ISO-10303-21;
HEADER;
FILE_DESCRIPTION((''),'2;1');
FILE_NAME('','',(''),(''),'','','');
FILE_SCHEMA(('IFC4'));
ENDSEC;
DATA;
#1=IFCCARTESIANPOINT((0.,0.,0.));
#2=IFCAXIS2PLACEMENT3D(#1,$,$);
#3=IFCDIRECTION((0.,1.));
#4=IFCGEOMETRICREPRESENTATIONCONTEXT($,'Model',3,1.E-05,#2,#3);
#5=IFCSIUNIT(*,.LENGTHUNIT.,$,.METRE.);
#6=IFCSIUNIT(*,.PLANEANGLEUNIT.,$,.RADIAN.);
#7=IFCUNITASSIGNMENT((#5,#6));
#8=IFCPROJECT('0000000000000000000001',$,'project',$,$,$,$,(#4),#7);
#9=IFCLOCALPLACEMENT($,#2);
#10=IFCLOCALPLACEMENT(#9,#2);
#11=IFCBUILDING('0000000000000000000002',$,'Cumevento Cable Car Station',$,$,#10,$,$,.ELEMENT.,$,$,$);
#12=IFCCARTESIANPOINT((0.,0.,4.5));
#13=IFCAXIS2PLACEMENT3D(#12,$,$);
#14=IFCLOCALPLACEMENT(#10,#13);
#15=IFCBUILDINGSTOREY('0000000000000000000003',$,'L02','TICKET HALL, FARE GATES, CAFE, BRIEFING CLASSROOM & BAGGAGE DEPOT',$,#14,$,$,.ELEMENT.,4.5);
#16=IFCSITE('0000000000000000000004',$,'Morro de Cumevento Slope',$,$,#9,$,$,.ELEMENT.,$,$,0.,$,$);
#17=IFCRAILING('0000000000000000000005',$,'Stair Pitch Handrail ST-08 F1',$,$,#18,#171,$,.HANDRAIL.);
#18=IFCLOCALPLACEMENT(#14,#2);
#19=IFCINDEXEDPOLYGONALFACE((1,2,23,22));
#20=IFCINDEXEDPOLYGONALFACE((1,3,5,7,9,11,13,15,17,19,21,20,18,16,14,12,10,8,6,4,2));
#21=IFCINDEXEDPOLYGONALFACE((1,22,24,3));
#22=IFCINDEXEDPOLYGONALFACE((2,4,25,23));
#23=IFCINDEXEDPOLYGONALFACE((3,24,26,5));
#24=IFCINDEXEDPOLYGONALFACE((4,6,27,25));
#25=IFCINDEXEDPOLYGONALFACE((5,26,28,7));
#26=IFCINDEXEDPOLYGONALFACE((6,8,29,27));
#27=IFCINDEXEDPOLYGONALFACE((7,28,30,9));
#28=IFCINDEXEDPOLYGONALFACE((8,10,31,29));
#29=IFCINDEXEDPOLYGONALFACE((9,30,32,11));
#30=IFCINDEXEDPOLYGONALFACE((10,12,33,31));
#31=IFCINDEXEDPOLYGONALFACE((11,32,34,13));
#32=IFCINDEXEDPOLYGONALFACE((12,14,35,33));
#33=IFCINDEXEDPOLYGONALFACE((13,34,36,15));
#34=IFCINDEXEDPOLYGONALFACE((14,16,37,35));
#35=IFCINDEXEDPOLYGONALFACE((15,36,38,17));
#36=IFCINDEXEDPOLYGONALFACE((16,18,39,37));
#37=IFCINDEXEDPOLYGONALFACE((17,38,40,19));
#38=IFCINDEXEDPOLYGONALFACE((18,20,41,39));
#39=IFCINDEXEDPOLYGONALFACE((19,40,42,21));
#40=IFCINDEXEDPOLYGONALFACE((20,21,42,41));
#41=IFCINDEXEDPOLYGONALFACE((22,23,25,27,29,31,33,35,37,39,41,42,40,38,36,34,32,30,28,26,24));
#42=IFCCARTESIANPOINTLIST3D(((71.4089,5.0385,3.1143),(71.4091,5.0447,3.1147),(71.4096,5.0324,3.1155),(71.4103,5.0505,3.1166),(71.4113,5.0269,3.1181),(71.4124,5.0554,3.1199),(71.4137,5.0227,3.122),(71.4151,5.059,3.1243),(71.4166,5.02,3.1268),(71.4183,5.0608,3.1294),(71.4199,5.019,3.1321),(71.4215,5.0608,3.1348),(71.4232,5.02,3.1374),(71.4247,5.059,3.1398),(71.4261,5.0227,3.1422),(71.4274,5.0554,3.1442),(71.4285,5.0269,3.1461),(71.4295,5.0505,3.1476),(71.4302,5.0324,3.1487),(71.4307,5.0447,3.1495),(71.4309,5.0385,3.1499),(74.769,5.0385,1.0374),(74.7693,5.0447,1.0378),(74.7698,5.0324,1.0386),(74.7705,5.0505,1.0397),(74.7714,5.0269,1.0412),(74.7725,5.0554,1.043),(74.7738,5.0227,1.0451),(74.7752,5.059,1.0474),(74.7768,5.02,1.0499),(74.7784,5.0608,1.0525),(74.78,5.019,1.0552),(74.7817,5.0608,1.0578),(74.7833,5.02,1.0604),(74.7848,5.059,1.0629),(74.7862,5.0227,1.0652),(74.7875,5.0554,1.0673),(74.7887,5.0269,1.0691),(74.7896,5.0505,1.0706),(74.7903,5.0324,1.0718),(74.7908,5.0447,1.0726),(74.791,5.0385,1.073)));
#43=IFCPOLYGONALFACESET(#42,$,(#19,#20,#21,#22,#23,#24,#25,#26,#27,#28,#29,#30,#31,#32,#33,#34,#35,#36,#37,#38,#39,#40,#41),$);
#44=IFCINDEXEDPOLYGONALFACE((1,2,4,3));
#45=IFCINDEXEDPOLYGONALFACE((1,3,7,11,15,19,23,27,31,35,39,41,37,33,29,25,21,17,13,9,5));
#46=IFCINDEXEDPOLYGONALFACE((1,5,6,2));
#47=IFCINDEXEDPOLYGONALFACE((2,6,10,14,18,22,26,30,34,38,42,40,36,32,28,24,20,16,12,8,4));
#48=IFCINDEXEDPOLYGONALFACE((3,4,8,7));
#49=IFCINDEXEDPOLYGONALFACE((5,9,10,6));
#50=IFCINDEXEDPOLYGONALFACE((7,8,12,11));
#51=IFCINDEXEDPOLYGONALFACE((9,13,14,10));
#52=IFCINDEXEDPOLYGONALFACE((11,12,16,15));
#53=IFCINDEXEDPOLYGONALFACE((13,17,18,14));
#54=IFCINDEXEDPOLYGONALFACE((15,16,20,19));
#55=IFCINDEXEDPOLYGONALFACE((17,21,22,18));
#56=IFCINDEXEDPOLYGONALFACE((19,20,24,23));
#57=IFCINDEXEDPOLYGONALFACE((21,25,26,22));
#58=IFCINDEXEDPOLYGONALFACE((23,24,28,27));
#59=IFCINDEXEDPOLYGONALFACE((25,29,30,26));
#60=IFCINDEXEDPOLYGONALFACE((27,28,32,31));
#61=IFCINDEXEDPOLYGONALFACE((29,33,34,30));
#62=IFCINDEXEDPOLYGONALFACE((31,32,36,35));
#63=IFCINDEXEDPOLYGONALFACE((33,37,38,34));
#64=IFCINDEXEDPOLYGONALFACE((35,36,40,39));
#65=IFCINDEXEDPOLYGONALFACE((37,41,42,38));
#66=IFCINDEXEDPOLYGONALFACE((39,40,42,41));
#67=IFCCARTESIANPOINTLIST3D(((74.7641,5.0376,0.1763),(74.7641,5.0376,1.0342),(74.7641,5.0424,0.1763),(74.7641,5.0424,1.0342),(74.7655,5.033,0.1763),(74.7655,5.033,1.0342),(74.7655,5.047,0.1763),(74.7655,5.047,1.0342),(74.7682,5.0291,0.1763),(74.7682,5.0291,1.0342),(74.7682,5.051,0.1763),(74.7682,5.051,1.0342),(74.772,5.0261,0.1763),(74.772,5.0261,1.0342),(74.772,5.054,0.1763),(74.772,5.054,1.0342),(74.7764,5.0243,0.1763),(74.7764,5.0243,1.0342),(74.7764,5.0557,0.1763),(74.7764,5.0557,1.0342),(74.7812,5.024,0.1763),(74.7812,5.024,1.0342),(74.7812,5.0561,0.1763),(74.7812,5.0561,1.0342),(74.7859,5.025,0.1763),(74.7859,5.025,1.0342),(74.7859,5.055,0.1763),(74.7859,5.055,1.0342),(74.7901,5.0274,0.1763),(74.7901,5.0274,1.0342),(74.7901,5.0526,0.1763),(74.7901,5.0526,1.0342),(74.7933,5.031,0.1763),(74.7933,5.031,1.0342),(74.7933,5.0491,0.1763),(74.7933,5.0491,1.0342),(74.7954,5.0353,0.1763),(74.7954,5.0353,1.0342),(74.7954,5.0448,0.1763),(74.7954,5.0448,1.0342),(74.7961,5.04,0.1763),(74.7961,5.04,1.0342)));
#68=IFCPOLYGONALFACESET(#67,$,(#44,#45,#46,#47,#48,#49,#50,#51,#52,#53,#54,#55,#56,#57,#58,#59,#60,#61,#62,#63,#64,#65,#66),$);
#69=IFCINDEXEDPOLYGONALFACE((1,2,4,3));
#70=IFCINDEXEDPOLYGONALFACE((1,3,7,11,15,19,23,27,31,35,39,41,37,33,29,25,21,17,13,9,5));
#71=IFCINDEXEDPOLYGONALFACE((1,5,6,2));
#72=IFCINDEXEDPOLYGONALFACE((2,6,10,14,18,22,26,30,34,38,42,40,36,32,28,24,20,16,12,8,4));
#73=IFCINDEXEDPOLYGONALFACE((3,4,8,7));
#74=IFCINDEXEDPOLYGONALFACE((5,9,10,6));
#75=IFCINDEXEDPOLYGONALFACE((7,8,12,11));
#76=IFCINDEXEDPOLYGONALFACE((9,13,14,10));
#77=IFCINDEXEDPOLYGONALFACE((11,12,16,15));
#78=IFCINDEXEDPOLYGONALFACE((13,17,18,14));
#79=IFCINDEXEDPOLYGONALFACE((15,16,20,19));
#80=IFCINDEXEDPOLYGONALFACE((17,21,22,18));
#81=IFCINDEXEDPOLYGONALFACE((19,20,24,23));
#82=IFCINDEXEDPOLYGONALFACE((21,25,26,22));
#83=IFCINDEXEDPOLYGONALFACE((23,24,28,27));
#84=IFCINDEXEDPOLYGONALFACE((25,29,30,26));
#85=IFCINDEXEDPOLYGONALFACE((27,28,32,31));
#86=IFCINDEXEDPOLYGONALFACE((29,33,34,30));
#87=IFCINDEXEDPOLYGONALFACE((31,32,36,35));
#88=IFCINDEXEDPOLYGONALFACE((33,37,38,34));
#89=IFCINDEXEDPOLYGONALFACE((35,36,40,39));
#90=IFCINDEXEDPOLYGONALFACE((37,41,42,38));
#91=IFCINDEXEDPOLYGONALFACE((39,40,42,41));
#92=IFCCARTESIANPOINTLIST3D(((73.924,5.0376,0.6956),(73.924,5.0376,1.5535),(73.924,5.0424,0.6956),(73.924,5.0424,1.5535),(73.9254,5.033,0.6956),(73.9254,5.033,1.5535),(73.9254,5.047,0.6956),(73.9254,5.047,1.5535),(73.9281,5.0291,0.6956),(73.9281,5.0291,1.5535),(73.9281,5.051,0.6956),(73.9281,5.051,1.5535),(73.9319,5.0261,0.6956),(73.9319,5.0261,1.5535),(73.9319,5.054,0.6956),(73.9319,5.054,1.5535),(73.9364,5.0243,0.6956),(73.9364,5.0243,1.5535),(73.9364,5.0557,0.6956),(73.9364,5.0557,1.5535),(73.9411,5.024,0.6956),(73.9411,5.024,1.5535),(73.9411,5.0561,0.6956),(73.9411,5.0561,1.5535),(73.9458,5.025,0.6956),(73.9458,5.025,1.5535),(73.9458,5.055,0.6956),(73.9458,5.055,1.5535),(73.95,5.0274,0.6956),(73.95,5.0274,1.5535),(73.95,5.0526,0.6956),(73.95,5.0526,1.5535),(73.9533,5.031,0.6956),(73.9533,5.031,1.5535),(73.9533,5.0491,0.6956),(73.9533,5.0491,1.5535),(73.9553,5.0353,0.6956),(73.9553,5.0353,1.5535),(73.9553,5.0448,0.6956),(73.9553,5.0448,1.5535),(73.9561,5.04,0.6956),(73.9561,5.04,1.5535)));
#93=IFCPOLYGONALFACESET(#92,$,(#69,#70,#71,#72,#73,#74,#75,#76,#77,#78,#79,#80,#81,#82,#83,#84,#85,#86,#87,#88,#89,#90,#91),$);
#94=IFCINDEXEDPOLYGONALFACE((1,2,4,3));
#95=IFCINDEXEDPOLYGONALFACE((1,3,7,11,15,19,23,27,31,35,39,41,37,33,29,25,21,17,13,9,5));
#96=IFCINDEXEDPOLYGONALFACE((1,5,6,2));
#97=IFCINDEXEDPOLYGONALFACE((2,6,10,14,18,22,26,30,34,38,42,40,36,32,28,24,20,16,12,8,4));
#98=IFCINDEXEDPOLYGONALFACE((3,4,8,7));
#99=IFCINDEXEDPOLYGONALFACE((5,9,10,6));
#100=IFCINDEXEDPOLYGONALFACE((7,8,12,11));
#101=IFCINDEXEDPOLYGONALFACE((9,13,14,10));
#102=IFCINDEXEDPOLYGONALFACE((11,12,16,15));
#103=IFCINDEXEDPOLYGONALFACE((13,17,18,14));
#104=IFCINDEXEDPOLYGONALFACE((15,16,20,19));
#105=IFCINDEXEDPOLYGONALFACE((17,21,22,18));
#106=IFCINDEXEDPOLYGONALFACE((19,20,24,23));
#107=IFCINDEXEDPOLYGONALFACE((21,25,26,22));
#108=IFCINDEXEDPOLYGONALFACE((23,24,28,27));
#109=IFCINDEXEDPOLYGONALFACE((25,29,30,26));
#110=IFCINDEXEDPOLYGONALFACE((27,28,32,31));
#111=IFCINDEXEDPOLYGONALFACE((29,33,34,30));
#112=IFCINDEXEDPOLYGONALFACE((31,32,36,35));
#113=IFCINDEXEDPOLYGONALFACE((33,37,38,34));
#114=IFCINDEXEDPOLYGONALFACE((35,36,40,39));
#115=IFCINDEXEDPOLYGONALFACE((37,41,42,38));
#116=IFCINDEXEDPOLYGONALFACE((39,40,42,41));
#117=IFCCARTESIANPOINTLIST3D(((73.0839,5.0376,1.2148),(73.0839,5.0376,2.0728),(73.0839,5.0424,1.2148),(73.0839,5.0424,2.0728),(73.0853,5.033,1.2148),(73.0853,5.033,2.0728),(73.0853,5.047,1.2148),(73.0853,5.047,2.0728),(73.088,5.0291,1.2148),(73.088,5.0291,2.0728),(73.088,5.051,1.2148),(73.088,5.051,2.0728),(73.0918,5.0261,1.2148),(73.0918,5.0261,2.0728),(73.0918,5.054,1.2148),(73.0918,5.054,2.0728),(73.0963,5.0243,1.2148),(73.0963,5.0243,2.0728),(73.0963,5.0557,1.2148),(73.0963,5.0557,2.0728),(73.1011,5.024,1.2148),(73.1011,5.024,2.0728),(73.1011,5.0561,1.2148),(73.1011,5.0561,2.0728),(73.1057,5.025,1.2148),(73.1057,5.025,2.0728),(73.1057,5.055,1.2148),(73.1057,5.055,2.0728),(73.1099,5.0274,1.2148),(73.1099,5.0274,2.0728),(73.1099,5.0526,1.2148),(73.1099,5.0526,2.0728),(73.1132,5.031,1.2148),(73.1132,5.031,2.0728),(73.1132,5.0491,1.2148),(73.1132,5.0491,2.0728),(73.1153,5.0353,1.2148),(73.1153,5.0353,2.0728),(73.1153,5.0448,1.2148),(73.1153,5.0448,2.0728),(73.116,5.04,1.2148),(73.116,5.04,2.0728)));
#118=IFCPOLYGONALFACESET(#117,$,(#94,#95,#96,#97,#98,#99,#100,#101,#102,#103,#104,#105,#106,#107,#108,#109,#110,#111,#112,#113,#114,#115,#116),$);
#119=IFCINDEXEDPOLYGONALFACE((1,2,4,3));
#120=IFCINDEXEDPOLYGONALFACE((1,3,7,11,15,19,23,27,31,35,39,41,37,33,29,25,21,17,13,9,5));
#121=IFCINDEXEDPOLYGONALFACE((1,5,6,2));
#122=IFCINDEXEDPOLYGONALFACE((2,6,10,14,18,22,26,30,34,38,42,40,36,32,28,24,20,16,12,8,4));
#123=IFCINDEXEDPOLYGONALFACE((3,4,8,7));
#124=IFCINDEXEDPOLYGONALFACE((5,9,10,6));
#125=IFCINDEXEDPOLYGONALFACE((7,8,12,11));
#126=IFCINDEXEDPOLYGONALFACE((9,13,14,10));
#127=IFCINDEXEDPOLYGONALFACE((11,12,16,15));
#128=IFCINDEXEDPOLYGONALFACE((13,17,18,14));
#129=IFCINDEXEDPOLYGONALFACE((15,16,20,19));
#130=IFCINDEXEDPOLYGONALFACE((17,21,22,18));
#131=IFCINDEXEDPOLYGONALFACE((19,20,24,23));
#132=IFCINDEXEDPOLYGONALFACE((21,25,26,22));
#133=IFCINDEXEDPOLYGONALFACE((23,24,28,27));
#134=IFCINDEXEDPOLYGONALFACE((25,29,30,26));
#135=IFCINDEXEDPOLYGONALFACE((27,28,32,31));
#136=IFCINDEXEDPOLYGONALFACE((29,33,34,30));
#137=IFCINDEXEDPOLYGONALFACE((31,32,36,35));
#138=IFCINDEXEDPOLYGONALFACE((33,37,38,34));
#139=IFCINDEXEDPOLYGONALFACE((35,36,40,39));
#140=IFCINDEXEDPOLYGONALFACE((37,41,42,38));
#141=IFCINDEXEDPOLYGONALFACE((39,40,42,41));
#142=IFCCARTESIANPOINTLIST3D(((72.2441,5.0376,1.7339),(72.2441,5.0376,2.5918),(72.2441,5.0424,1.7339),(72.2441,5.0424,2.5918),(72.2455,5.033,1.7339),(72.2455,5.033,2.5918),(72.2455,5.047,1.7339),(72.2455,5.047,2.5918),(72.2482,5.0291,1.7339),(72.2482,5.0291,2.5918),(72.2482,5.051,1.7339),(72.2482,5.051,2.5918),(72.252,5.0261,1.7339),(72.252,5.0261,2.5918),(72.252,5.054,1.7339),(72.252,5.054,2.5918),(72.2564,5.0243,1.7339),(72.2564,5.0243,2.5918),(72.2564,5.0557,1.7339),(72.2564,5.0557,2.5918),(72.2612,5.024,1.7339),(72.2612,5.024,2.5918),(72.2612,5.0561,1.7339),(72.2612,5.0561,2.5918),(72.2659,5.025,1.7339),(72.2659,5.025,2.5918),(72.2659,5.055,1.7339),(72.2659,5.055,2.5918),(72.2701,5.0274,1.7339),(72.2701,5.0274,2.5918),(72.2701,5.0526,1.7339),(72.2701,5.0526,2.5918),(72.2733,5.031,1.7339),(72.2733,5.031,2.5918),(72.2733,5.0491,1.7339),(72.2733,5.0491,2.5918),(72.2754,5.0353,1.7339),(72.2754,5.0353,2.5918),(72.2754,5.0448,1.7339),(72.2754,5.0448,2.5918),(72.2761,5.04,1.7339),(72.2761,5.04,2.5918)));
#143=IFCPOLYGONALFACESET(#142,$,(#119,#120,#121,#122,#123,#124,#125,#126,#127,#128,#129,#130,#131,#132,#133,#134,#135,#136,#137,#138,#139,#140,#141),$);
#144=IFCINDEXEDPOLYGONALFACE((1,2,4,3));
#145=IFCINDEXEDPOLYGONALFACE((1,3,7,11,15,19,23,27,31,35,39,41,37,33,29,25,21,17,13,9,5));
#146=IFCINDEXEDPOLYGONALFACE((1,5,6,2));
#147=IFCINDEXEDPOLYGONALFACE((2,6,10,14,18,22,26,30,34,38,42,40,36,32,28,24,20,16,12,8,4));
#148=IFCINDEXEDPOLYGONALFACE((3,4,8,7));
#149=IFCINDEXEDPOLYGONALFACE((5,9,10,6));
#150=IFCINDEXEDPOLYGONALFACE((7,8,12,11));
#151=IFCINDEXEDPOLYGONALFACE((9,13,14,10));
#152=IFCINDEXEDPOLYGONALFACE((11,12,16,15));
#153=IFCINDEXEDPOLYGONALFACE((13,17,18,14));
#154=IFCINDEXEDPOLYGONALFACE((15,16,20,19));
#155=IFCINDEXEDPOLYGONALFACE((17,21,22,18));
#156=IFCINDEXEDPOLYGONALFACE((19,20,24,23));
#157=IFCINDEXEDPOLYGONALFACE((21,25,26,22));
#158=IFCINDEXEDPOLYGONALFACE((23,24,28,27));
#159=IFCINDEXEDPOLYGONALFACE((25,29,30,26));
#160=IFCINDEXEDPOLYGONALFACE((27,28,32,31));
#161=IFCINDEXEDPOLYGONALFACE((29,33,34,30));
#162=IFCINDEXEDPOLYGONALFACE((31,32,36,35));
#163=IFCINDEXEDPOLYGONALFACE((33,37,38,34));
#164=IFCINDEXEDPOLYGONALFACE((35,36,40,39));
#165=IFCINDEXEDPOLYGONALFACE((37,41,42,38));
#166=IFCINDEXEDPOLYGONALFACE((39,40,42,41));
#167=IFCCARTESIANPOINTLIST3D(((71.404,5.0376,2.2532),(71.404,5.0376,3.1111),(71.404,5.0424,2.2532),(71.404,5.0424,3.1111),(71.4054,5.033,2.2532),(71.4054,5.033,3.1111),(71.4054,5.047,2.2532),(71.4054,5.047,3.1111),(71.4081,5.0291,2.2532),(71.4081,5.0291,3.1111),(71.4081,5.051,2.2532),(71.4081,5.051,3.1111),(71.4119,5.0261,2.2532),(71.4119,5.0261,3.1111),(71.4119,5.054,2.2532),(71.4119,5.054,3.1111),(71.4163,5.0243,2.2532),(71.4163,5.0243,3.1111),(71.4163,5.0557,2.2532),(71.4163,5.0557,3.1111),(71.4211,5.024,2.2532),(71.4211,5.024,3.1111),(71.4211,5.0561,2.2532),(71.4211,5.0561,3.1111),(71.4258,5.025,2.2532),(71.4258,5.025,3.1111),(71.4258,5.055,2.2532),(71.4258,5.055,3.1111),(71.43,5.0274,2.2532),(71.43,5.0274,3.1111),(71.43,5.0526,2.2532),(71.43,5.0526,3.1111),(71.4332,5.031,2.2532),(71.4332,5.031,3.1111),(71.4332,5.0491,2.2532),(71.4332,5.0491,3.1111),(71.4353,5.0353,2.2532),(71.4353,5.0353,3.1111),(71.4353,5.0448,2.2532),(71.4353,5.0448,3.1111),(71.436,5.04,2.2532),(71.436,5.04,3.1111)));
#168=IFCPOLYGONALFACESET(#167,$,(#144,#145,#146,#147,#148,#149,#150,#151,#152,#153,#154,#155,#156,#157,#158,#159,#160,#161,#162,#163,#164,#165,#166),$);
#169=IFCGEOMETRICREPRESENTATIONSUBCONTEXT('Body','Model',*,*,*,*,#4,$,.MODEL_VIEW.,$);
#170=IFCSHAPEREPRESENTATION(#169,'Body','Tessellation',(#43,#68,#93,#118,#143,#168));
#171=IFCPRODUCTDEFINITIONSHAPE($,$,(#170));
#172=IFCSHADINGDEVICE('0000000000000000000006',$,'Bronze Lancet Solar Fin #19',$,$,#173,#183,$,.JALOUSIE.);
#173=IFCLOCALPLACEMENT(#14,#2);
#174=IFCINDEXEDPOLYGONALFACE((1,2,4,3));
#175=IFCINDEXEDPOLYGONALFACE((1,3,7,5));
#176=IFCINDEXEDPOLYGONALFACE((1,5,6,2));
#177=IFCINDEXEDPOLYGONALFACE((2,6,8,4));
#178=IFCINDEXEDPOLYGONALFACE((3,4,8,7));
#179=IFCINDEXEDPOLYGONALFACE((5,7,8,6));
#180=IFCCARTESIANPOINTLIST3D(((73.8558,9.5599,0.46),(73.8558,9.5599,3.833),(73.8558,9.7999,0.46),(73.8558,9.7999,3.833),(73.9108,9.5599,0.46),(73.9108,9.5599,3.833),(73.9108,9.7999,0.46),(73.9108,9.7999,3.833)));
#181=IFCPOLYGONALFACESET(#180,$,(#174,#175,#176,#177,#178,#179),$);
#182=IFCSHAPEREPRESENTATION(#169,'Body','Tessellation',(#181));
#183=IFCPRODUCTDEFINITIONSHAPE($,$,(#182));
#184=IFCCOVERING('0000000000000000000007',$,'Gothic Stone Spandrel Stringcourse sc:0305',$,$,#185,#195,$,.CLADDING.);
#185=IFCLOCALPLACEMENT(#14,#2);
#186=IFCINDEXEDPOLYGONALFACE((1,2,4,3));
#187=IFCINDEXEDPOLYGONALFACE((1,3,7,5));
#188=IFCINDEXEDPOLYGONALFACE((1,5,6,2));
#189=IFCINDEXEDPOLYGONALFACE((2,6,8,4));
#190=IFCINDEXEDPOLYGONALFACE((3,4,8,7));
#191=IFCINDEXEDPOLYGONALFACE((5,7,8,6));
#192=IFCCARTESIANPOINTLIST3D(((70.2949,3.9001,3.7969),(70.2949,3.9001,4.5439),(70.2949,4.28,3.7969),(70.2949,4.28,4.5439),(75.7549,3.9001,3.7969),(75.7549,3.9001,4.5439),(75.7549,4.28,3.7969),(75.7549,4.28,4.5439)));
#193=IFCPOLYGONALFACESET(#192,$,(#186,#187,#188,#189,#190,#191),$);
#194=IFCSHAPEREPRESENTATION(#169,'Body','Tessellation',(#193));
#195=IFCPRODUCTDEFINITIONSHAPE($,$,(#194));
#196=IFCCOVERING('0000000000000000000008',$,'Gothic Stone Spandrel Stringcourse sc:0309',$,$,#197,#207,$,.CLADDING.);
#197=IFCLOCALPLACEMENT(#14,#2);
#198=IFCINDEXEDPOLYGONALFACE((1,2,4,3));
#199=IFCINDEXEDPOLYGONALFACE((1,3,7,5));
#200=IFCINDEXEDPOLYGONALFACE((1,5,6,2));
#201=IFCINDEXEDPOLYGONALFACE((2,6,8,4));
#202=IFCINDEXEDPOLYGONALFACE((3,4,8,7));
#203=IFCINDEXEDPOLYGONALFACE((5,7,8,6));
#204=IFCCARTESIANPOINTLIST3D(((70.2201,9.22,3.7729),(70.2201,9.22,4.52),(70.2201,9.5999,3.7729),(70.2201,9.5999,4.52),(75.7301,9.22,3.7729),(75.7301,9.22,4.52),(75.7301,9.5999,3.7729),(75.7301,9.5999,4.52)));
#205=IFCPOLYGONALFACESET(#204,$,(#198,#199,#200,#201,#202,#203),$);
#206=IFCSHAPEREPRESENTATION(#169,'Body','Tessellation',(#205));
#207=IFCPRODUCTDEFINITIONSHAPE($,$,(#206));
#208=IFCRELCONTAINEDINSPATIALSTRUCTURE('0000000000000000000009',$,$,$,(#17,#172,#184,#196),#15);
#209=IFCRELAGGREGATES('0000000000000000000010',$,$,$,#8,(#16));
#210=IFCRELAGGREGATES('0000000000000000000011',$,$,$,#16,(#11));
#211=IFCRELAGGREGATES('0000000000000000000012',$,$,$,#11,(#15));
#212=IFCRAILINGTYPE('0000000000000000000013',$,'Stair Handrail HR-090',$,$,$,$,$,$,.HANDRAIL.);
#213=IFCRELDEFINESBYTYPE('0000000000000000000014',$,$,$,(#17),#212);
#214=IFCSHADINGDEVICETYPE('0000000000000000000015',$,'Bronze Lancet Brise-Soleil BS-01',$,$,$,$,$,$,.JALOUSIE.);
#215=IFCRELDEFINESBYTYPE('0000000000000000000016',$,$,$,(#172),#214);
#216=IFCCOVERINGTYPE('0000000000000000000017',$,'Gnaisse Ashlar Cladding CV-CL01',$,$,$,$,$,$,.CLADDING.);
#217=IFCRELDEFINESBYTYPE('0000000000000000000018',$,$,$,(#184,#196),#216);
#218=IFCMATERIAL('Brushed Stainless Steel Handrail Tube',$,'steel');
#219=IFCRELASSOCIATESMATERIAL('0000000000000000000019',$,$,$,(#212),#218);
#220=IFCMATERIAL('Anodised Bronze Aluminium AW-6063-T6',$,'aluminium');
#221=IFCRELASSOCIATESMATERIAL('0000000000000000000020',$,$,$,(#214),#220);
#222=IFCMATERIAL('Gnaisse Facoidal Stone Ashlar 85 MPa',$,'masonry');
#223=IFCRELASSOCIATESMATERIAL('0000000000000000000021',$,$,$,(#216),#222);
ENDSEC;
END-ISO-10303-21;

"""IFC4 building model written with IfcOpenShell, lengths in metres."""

from ifc_helpers import new_model, si_unit, direction, frame, origin, origin_2d, place, context, subcontext, project, spatial, rectangle, circle, extrude, material, type_object, element, save


model = new_model("IFC4")

# Units and contexts
model_context = context("Model", 3, precision=1e-05, world=origin(), true_north=direction((0.0, 1.0)))
body_context = subcontext(model_context, "Body", "Model", "MODEL_VIEW")
ifc_project = project(units=[si_unit("LENGTHUNIT", "METRE"), si_unit("PLANEANGLEUNIT", "RADIAN")], contexts=[model_context])

# Site, building, storey
site_placement = place(None, origin())
site = spatial("IfcSite", under=ifc_project, at=site_placement, Name="Morro de Cumevento Slope", CompositionType="ELEMENT", RefElevation=0.0)
building_placement = place(site_placement, origin())
building = spatial("IfcBuilding", under=site, at=building_placement, Name="Cumevento Cable Car Station", CompositionType="ELEMENT")
storey_placement = place(building_placement, frame((0.0, 0.0, 4.5)))
storey = spatial("IfcBuildingStorey", under=building, at=storey_placement, Name="L02", Description="TICKET HALL, FARE GATES, CAFE, BRIEFING CLASSROOM & BAGGAGE DEPOT", CompositionType="ELEMENT", Elevation=4.5)

# Railing
ifc_material_1 = material(Name="Brushed Stainless Steel Handrail Tube", Category="steel")
railing_type_1 = type_object("IfcRailingType", Name="Stair Handrail HR-090", PredefinedType="HANDRAIL", material=ifc_material_1)
railing_1_placement = place(storey_placement, frame((74.78, 5.04, 0.1763)))
element("IfcRailing", 1, at=railing_1_placement, inside=storey, type_object=railing_type_1, Name="Stair Pitch Handrail ST-08 F1", PredefinedType="HANDRAIL", context=body_context, shape_type="SweptSolid", body=[
    extrude(circle(Radius=0.021, at=origin_2d()), frame((0.0, 0.0, 0.8789), z_axis=(-0.850623, 0.0, 0.525776), x_axis=(0.0, -1.0, 0.0)), (0.0, 0.0, 1.0), 3.9502),
    extrude(circle(Radius=0.0161, at=origin_2d()), origin(), (0.0, 0.0, 1.0), 0.8579),
    extrude(circle(Radius=0.0161, at=origin_2d()), frame((-0.8401, 0.0, 0.5193)), (0.0, 0.0, 1.0), 0.8579),
    extrude(circle(Radius=0.0161, at=origin_2d()), frame((-1.6802, 0.0, 1.0386)), (0.0, 0.0, 1.0), 0.8579),
    extrude(circle(Radius=0.0161, at=origin_2d()), frame((-2.52, 0.0, 1.5576)), (0.0, 0.0, 1.0), 0.8579),
    extrude(circle(Radius=0.0161, at=origin_2d()), frame((-3.3601, 0.0, 2.0769)), (0.0, 0.0, 1.0), 0.8579),
])

# Shading device
ifc_material_2 = material(Name="Anodised Bronze Aluminium AW-6063-T6", Category="aluminium")
shading_device_type = type_object("IfcShadingDeviceType", Name="Bronze Lancet Brise-Soleil BS-01", PredefinedType="JALOUSIE", material=ifc_material_2)
shading_device_placement = place(storey_placement, frame((73.8833, 9.6799, 0.46), z_axis=(0.0, 0.0, 1.0), x_axis=(1.0, 0.0, 0.0)))
element("IfcShadingDevice", 2, at=shading_device_placement, inside=storey, type_object=shading_device_type, Name="Bronze Lancet Solar Fin #19", PredefinedType="JALOUSIE", context=body_context, shape_type="SweptSolid", body=[
    extrude(rectangle(XDim=0.0549, YDim=0.24, at=origin_2d()), origin(), (0.0, 0.0, 1.0), 3.373),
])

# Coverings
ifc_material_3 = material(Name="Gnaisse Facoidal Stone Ashlar 85 MPa", Category="masonry")
covering_type = type_object("IfcCoveringType", Name="Gnaisse Ashlar Cladding CV-CL01", PredefinedType="CLADDING", material=ifc_material_3)
covering_1_placement = place(storey_placement, frame((73.0249, 4.0901, 3.7969), z_axis=(0.0, 0.0, 1.0), x_axis=(-1.0, 0.0, 0.0)))
element("IfcCovering", 3, at=covering_1_placement, inside=storey, type_object=covering_type, Name="Gothic Stone Spandrel Stringcourse sc:0305", PredefinedType="CLADDING", context=body_context, shape_type="SweptSolid", body=[
    extrude(rectangle(XDim=5.46, YDim=0.3799, at=origin_2d()), origin(), (0.0, 0.0, 1.0), 0.7471),
])
covering_2_placement = place(storey_placement, frame((72.9751, 9.4099, 3.7729), z_axis=(0.0, 0.0, 1.0), x_axis=(1.0, 0.0, 0.0)))
element("IfcCovering", 4, at=covering_2_placement, inside=storey, type_object=covering_type, Name="Gothic Stone Spandrel Stringcourse sc:0309", PredefinedType="CLADDING", context=body_context, shape_type="SweptSolid", body=[
    extrude(rectangle(XDim=5.51, YDim=0.3799, at=origin_2d()), origin(), (0.0, 0.0, 1.0), 0.7471),
])

save(model, "model.ifc")
